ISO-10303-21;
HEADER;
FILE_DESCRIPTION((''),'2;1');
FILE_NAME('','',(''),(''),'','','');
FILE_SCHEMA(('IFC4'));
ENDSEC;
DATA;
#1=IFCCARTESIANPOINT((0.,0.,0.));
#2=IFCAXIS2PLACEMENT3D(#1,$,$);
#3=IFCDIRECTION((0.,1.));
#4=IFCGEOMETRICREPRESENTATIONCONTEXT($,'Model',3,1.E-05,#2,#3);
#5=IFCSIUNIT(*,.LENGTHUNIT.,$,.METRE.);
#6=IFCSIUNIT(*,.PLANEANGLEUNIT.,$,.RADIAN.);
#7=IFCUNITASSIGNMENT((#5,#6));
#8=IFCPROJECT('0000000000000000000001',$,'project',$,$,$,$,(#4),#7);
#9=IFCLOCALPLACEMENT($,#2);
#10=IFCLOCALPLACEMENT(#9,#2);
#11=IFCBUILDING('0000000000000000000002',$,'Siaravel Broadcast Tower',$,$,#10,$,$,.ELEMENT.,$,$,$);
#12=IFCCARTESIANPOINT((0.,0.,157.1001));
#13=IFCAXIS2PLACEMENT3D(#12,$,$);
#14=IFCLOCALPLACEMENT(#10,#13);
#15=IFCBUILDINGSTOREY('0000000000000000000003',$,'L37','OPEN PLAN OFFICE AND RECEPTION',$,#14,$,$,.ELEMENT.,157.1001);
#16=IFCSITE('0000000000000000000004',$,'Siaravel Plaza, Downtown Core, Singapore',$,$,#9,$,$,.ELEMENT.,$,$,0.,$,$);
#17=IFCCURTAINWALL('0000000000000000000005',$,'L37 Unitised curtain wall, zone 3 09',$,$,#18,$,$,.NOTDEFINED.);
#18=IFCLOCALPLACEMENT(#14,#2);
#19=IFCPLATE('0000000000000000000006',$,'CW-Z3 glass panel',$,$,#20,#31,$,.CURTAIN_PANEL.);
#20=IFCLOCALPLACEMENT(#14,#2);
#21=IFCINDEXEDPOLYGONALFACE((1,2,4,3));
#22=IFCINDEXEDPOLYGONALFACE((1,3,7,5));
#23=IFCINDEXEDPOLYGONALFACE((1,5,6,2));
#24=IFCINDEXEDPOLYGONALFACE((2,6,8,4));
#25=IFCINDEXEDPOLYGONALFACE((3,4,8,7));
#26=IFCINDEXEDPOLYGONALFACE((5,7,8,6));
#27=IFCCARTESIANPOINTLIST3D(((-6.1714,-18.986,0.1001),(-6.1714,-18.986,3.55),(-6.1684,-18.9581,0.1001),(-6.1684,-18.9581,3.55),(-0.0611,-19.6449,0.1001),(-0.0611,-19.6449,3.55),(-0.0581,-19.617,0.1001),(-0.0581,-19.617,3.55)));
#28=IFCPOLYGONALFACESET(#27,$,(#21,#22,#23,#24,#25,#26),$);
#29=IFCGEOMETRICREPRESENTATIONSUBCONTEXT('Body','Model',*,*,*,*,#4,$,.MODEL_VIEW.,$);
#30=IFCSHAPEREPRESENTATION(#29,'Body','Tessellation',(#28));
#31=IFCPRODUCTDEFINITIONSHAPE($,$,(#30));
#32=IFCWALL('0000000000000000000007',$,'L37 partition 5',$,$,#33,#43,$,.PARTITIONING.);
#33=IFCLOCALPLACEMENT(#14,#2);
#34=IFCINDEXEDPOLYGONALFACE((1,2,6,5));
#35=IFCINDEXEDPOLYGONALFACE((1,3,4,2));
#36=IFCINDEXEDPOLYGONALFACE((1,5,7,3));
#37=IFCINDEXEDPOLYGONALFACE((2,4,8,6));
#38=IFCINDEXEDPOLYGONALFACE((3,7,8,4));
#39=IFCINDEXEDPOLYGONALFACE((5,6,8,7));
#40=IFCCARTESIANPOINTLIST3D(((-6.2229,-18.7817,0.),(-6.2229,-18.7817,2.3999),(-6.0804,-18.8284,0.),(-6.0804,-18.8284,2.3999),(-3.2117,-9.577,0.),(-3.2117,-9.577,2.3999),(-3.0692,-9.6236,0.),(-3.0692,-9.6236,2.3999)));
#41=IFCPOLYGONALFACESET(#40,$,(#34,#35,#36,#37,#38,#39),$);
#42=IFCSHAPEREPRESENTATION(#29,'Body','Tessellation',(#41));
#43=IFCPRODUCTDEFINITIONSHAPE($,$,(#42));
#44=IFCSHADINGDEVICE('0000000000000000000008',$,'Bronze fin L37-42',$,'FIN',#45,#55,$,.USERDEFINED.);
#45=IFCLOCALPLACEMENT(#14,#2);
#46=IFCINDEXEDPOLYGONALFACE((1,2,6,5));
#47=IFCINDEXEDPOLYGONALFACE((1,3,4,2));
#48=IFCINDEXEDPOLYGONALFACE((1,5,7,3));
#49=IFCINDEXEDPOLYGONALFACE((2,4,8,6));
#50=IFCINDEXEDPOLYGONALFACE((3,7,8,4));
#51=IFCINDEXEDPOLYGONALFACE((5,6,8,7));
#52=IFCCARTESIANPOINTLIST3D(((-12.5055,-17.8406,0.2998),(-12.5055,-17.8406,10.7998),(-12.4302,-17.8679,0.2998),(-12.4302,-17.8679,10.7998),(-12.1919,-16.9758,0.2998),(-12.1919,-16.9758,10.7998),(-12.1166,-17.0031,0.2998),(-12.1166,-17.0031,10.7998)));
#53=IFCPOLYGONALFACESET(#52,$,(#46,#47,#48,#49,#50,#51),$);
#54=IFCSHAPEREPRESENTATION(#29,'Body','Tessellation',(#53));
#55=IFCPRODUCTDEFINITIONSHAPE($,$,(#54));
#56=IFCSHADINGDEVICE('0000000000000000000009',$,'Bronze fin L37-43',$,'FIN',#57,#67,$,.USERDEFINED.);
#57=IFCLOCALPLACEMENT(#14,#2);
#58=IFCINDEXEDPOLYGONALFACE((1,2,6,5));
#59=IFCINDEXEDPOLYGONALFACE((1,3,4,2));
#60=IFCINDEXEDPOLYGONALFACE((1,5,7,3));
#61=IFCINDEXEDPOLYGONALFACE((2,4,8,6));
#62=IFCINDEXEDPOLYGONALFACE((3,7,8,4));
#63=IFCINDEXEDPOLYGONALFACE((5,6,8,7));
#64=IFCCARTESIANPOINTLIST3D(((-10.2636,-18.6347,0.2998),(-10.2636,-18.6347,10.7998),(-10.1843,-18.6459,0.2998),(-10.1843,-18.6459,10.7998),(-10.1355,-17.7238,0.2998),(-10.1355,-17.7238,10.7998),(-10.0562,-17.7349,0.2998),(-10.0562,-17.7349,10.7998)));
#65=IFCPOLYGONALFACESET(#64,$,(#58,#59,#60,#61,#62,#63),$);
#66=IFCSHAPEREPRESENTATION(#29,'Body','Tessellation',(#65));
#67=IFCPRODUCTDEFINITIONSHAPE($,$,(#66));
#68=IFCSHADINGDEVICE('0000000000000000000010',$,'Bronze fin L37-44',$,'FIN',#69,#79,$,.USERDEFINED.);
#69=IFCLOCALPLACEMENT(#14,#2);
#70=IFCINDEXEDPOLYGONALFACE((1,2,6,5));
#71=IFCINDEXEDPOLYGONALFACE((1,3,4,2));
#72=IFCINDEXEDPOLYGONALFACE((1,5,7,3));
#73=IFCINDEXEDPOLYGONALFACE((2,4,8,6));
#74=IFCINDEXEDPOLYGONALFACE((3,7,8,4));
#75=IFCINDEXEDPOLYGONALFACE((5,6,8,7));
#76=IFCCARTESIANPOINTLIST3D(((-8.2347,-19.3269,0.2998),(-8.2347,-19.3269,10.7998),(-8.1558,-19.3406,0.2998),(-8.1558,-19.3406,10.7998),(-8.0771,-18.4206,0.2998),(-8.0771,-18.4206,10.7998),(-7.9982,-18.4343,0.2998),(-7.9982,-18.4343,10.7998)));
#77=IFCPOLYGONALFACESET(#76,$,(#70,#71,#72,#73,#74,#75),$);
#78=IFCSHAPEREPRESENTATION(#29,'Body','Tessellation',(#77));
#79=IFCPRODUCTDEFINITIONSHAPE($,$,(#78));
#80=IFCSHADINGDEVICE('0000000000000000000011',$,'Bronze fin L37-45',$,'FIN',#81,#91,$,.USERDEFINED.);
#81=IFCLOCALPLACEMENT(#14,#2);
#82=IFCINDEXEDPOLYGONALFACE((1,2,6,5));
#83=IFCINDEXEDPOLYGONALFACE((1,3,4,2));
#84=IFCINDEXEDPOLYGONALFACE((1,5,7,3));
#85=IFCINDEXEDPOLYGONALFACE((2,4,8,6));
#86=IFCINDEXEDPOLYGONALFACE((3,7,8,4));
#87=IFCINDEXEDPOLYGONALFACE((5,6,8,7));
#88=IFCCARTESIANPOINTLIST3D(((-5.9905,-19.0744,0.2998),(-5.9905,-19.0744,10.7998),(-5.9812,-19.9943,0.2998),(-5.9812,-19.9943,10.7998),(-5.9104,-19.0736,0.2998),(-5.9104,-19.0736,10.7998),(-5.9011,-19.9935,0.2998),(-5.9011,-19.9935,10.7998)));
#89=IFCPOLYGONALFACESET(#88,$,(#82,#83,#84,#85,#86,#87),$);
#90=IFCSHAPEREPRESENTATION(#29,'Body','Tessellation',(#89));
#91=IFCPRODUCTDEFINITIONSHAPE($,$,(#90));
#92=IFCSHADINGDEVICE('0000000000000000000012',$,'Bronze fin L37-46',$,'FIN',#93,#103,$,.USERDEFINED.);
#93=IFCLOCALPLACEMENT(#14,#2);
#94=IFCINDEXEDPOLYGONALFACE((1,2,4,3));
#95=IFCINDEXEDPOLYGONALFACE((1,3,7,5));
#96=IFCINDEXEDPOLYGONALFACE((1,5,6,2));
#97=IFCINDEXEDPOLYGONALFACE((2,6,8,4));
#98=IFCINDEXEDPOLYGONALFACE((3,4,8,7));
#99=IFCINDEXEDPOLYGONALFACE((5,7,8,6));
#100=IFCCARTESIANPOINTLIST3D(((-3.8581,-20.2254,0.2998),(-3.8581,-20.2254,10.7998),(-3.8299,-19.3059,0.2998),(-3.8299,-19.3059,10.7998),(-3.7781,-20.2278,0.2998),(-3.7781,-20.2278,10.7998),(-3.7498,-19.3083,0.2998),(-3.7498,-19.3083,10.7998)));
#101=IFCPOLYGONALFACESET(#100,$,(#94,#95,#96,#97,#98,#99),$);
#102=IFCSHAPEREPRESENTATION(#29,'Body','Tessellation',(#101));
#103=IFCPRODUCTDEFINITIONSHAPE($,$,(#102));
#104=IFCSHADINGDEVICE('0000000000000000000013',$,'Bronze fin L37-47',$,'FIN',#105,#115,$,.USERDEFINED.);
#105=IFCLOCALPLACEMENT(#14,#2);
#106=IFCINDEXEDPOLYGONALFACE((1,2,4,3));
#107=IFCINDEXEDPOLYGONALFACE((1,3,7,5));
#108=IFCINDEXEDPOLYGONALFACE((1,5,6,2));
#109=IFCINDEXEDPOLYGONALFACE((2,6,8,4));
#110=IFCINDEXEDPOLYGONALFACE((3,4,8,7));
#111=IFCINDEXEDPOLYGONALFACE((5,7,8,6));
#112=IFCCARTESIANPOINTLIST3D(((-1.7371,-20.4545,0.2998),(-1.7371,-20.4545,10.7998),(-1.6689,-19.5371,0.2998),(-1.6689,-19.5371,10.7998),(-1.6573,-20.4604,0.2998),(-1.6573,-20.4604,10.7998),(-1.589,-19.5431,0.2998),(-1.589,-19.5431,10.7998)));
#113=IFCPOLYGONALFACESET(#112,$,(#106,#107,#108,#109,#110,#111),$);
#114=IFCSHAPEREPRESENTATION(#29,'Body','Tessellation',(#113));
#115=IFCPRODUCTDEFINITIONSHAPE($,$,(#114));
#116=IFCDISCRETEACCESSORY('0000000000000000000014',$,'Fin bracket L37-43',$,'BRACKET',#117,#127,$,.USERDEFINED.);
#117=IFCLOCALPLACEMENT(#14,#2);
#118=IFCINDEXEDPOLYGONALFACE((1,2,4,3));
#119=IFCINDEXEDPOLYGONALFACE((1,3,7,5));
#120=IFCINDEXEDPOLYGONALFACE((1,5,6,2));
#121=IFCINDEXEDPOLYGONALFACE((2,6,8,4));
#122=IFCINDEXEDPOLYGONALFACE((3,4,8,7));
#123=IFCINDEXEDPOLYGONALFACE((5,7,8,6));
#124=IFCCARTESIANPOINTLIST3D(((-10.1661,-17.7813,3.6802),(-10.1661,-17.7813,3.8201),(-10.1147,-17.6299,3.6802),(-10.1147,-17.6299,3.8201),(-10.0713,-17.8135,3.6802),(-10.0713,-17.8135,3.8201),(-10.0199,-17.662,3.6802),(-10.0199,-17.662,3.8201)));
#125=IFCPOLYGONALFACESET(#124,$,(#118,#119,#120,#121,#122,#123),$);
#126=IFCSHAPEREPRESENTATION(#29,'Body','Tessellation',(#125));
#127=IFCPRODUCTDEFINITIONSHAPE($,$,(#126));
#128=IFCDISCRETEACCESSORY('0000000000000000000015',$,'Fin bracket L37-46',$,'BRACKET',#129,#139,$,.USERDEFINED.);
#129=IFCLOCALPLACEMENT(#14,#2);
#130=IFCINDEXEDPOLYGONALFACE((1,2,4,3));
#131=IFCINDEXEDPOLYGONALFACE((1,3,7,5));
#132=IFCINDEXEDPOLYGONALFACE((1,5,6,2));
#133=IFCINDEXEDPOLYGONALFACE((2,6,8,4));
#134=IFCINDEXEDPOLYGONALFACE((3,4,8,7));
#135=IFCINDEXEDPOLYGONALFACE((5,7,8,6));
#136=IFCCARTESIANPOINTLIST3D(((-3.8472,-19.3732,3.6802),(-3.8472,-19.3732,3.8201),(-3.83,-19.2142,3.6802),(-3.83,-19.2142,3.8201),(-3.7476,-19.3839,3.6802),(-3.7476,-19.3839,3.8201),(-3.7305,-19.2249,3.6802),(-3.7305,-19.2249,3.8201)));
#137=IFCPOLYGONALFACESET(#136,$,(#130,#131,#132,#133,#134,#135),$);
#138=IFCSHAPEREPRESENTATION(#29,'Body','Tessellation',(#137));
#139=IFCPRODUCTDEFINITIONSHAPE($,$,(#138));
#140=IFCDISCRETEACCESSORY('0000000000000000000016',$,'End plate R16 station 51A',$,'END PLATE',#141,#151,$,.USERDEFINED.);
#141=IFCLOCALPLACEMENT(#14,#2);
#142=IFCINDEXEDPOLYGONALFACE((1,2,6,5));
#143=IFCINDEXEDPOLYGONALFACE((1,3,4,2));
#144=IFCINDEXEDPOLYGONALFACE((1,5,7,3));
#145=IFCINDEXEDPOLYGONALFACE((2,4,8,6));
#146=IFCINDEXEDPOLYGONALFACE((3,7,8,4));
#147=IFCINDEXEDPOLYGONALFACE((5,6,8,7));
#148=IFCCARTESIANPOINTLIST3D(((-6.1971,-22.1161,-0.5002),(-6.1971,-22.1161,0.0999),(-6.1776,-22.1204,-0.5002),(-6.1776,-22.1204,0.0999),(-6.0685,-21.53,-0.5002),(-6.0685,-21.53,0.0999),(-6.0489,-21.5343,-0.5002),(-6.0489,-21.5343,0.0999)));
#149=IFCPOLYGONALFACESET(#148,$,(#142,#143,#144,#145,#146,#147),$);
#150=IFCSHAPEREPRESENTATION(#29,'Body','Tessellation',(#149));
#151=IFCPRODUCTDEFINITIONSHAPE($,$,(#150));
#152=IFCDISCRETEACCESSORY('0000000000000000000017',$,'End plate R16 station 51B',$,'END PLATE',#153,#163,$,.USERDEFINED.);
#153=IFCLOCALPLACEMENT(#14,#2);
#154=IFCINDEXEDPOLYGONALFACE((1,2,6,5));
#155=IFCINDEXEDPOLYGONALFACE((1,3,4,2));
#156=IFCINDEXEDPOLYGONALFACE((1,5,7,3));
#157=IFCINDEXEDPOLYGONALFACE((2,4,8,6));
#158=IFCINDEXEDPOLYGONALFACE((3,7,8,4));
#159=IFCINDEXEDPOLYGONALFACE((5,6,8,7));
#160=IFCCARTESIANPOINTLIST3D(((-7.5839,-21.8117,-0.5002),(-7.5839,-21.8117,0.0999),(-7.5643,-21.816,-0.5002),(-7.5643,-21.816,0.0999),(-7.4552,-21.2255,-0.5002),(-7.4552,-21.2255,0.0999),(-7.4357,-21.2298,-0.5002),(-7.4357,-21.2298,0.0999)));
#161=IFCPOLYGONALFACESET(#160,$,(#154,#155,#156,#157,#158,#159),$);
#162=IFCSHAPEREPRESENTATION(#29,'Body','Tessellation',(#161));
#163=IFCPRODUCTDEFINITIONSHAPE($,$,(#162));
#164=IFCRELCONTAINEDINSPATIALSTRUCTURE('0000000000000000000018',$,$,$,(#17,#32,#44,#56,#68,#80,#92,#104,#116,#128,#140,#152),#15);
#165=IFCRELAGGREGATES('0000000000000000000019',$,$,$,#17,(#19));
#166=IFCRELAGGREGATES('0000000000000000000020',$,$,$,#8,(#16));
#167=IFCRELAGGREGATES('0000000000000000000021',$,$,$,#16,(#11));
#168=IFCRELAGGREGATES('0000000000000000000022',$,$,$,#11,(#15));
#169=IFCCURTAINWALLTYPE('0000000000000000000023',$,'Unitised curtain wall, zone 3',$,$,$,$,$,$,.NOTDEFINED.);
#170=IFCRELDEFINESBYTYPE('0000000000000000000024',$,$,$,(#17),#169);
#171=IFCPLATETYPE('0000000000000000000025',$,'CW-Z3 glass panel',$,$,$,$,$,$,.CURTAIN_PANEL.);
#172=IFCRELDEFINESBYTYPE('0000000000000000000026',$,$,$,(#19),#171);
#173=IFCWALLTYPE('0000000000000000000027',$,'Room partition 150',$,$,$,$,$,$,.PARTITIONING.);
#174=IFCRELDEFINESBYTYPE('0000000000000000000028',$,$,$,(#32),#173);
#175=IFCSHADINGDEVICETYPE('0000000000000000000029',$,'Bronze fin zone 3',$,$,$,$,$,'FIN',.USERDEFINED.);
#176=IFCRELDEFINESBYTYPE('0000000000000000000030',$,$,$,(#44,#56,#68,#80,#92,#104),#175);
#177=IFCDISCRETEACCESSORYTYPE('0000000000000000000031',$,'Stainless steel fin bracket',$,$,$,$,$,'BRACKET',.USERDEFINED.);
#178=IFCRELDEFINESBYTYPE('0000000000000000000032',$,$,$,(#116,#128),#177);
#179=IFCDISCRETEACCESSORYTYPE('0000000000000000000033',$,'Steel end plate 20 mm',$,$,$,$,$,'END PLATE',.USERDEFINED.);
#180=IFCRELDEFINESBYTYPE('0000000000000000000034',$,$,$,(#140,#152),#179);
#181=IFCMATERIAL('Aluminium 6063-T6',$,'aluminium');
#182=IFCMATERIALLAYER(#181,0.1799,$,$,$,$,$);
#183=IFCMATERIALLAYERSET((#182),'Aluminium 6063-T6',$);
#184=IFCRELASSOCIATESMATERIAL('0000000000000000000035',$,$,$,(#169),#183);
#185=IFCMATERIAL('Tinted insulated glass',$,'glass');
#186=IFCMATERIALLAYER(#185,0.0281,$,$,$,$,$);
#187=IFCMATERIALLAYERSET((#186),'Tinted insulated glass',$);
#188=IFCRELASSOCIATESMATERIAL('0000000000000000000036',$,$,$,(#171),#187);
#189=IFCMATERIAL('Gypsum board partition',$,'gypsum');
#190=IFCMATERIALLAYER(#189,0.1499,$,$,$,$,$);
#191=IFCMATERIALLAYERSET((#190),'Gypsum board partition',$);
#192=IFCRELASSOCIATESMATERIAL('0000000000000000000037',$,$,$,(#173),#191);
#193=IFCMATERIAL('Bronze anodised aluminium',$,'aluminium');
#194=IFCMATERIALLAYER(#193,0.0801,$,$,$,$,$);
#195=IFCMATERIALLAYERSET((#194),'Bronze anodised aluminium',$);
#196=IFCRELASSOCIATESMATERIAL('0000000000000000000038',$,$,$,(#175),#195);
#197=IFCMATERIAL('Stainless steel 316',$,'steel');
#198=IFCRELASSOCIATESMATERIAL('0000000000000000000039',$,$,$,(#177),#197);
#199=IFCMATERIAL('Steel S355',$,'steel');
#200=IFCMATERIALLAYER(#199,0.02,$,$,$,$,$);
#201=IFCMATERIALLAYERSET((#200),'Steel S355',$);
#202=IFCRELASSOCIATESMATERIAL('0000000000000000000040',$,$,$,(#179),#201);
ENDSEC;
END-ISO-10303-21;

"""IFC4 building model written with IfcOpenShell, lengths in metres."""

from ifc_helpers import new_model, si_unit, direction, frame, frame_2d, origin, origin_2d, place, context, subcontext, project, spatial, rectangle, extrude, material, layer, layer_set, type_object, element, aggregate, save


model = new_model("IFC4")

# Units and contexts
model_context = context("Model", 3, precision=1e-05, world=origin(), true_north=direction((0.0, 1.0)))
body_context = subcontext(model_context, "Body", "Model", "MODEL_VIEW")
ifc_project = project(units=[si_unit("LENGTHUNIT", "METRE"), si_unit("PLANEANGLEUNIT", "RADIAN")], contexts=[model_context])

# Site, building, storey
site_placement = place(None, origin())
site = spatial("IfcSite", under=ifc_project, at=site_placement, Name="Siaravel Plaza, Downtown Core, Singapore", CompositionType="ELEMENT", RefElevation=0.0)
building_placement = place(site_placement, origin())
building = spatial("IfcBuilding", under=site, at=building_placement, Name="Siaravel Broadcast Tower", CompositionType="ELEMENT")
storey_placement = place(building_placement, frame((0.0, 0.0, 157.1001)))
storey = spatial("IfcBuildingStorey", under=building, at=storey_placement, Name="L37", Description="OPEN PLAN OFFICE AND RECEPTION", CompositionType="ELEMENT", Elevation=157.1001)

# Shared definitions
ifc_material_1 = material(Name="Steel S355", Category="steel")

# Curtain wall
ifc_material_2 = material(Name="Aluminium 6063-T6", Category="aluminium")
ifc_layer_1 = layer(ifc_material_2, 0.1799)
ifc_layer_set_1 = layer_set([ifc_layer_1], Name="Aluminium 6063-T6")
curtain_wall_type = type_object("IfcCurtainWallType", Name="Unitised curtain wall, zone 3", PredefinedType="NOTDEFINED", material=ifc_layer_set_1)
curtain_wall_placement = place(storey_placement, origin())
curtain_wall = element("IfcCurtainWall", 1, at=curtain_wall_placement, inside=storey, type_object=curtain_wall_type, Name="L37 Unitised curtain wall, zone 3 09", PredefinedType="NOTDEFINED")

# Plate
ifc_material_3 = material(Name="Tinted insulated glass", Category="glass")
ifc_layer_2 = layer(ifc_material_3, 0.0281)
ifc_layer_set_2 = layer_set([ifc_layer_2], Name="Tinted insulated glass")
plate_type = type_object("IfcPlateType", Name="CW-Z3 glass panel", PredefinedType="CURTAIN_PANEL", material=ifc_layer_set_2)
plate_1_placement = place(storey_placement, frame((-3.1147, -19.3015, 0.1001), z_axis=(0.0, 0.0, 1.0), x_axis=(0.994236, -0.107218, 0.0)))
plate_1 = element("IfcPlate", 2, at=plate_1_placement, type_object=plate_type, Name="CW-Z3 glass panel", PredefinedType="CURTAIN_PANEL", context=body_context, shape_type="SweptSolid", body=[
    extrude(rectangle(XDim=6.1458, YDim=0.0281, at=origin_2d()), origin(), (0.0, 0.0, 1.0), 3.45),
])
aggregate(curtain_wall, [plate_1])

# Wall
ifc_material_4 = material(Name="Gypsum board partition", Category="gypsum")
ifc_layer_3 = layer(ifc_material_4, 0.1499)
ifc_layer_set_3 = layer_set([ifc_layer_3], Name="Gypsum board partition")
wall_type = type_object("IfcWallType", Name="Room partition 150", PredefinedType="PARTITIONING", material=ifc_layer_set_3)
wall_placement = place(storey_placement, frame((-6.1516, -18.8049, 0.0), z_axis=(0.0, 0.0, 1.0), x_axis=(0.310921, 0.950436, 0.0)))
element("IfcWall", 3, at=wall_placement, inside=storey, type_object=wall_type, Name="L37 partition 5", PredefinedType="PARTITIONING", context=body_context, shape_type="SweptSolid", body=[
    extrude(rectangle(XDim=9.6848, YDim=0.1499, at=frame_2d((4.8423, 0.0))), origin(), (0.0, 0.0, 1.0), 2.3999),
])

# Shading devices
ifc_material_5 = material(Name="Bronze anodised aluminium", Category="aluminium")
ifc_layer_4 = layer(ifc_material_5, 0.0801)
ifc_layer_set_4 = layer_set([ifc_layer_4], Name="Bronze anodised aluminium")
shading_device_type = type_object("IfcShadingDeviceType", Name="Bronze fin zone 3", ElementType="FIN", PredefinedType="USERDEFINED", material=ifc_layer_set_4)
for number, where, z_axis, x_axis, name in (
    (4, (-12.311, -17.4219, 0.2998), (0.0, 0.0, 1.0), (-0.340942, -0.940084, 0.0), "Bronze fin L37-42"),
    (5, (-10.1599, -18.1848, 0.2998), (0.0, 0.0, 1.0), (-0.139234, -0.99026, 0.0), "Bronze fin L37-43"),
    (6, (-8.1165, -18.8806, 0.2998), (0.0, 0.0, 1.0), (-0.171314, -0.985217, 0.0), "Bronze fin L37-44"),
    (7, (-5.9458, -19.5339, 0.2998), (0.0, 0.0, 1.0), (0.010076, -0.999949, 0.0), "Bronze fin L37-45"),
    (8, (-3.804, -19.7668, 0.2998), (0.0, 0.0, 1.0), (-0.030694, -0.999529, 0.0), "Bronze fin L37-46"),
    (9, (-1.6631, -19.9988, 0.2998), (0.0, 0.0, 1.0), (-0.074178, -0.997245, 0.0), "Bronze fin L37-47"),
):
    element("IfcShadingDevice", number, at=place(storey_placement, frame(where, z_axis=z_axis, x_axis=x_axis)), inside=storey, type_object=shading_device_type, Name=name, ObjectType="FIN", PredefinedType="USERDEFINED", context=body_context, shape_type="SweptSolid", body=[
        extrude(rectangle(XDim=0.9199, YDim=0.0801, at=origin_2d()), origin(), (0.0, 0.0, 1.0), 10.5),
    ])

# Discrete accessories
ifc_material_6 = material(Name="Stainless steel 316", Category="steel")
discrete_accessory_type_1 = type_object("IfcDiscreteAccessoryType", Name="Stainless steel fin bracket", ElementType="BRACKET", PredefinedType="USERDEFINED", material=ifc_material_6)
for number, where, z_axis, x_axis, name in (
    (10, (-10.093, -17.7217, 3.6802), (0.0, 0.0, 1.0), (-0.321301, -0.946977, 0.0), "Fin bracket L37-43"),
    (11, (-3.7888, -19.2991, 3.6802), (0.0, 0.0, 1.0), (-0.107219, -0.994235, 0.0), "Fin bracket L37-46"),
):
    element("IfcDiscreteAccessory", number, at=place(storey_placement, frame(where, z_axis=z_axis, x_axis=x_axis)), inside=storey, type_object=discrete_accessory_type_1, Name=name, ObjectType="BRACKET", PredefinedType="USERDEFINED", context=body_context, shape_type="SweptSolid", body=[
        extrude(rectangle(XDim=0.1599, YDim=0.1001, at=origin_2d()), origin(), (0.0, 0.0, 1.0), 0.1399),
    ])
ifc_layer_5 = layer(ifc_material_1, 0.02)
ifc_layer_set_5 = layer_set([ifc_layer_5], Name="Steel S355")
discrete_accessory_type_2 = type_object("IfcDiscreteAccessoryType", Name="Steel end plate 20 mm", ElementType="END PLATE", PredefinedType="USERDEFINED", material=ifc_layer_set_5)
for number, where, z_axis, x_axis, name in (
    (12, (-6.123, -21.8252, -0.5002), (0.0, 0.0, 1.0), (0.976751, -0.214377, 0.0), "End plate R16 station 51A"),
    (13, (-7.5098, -21.5208, -0.5002), (0.0, 0.0, 1.0), (0.976751, -0.214377, 0.0), "End plate R16 station 51B"),
):
    element("IfcDiscreteAccessory", number, at=place(storey_placement, frame(where, z_axis=z_axis, x_axis=x_axis)), inside=storey, type_object=discrete_accessory_type_2, Name=name, ObjectType="END PLATE", PredefinedType="USERDEFINED", context=body_context, shape_type="SweptSolid", body=[
        extrude(rectangle(XDim=0.02, YDim=0.6001, at=origin_2d()), origin(), (0.0, 0.0, 1.0), 0.6001),
    ])

save(model, "model.ifc")
